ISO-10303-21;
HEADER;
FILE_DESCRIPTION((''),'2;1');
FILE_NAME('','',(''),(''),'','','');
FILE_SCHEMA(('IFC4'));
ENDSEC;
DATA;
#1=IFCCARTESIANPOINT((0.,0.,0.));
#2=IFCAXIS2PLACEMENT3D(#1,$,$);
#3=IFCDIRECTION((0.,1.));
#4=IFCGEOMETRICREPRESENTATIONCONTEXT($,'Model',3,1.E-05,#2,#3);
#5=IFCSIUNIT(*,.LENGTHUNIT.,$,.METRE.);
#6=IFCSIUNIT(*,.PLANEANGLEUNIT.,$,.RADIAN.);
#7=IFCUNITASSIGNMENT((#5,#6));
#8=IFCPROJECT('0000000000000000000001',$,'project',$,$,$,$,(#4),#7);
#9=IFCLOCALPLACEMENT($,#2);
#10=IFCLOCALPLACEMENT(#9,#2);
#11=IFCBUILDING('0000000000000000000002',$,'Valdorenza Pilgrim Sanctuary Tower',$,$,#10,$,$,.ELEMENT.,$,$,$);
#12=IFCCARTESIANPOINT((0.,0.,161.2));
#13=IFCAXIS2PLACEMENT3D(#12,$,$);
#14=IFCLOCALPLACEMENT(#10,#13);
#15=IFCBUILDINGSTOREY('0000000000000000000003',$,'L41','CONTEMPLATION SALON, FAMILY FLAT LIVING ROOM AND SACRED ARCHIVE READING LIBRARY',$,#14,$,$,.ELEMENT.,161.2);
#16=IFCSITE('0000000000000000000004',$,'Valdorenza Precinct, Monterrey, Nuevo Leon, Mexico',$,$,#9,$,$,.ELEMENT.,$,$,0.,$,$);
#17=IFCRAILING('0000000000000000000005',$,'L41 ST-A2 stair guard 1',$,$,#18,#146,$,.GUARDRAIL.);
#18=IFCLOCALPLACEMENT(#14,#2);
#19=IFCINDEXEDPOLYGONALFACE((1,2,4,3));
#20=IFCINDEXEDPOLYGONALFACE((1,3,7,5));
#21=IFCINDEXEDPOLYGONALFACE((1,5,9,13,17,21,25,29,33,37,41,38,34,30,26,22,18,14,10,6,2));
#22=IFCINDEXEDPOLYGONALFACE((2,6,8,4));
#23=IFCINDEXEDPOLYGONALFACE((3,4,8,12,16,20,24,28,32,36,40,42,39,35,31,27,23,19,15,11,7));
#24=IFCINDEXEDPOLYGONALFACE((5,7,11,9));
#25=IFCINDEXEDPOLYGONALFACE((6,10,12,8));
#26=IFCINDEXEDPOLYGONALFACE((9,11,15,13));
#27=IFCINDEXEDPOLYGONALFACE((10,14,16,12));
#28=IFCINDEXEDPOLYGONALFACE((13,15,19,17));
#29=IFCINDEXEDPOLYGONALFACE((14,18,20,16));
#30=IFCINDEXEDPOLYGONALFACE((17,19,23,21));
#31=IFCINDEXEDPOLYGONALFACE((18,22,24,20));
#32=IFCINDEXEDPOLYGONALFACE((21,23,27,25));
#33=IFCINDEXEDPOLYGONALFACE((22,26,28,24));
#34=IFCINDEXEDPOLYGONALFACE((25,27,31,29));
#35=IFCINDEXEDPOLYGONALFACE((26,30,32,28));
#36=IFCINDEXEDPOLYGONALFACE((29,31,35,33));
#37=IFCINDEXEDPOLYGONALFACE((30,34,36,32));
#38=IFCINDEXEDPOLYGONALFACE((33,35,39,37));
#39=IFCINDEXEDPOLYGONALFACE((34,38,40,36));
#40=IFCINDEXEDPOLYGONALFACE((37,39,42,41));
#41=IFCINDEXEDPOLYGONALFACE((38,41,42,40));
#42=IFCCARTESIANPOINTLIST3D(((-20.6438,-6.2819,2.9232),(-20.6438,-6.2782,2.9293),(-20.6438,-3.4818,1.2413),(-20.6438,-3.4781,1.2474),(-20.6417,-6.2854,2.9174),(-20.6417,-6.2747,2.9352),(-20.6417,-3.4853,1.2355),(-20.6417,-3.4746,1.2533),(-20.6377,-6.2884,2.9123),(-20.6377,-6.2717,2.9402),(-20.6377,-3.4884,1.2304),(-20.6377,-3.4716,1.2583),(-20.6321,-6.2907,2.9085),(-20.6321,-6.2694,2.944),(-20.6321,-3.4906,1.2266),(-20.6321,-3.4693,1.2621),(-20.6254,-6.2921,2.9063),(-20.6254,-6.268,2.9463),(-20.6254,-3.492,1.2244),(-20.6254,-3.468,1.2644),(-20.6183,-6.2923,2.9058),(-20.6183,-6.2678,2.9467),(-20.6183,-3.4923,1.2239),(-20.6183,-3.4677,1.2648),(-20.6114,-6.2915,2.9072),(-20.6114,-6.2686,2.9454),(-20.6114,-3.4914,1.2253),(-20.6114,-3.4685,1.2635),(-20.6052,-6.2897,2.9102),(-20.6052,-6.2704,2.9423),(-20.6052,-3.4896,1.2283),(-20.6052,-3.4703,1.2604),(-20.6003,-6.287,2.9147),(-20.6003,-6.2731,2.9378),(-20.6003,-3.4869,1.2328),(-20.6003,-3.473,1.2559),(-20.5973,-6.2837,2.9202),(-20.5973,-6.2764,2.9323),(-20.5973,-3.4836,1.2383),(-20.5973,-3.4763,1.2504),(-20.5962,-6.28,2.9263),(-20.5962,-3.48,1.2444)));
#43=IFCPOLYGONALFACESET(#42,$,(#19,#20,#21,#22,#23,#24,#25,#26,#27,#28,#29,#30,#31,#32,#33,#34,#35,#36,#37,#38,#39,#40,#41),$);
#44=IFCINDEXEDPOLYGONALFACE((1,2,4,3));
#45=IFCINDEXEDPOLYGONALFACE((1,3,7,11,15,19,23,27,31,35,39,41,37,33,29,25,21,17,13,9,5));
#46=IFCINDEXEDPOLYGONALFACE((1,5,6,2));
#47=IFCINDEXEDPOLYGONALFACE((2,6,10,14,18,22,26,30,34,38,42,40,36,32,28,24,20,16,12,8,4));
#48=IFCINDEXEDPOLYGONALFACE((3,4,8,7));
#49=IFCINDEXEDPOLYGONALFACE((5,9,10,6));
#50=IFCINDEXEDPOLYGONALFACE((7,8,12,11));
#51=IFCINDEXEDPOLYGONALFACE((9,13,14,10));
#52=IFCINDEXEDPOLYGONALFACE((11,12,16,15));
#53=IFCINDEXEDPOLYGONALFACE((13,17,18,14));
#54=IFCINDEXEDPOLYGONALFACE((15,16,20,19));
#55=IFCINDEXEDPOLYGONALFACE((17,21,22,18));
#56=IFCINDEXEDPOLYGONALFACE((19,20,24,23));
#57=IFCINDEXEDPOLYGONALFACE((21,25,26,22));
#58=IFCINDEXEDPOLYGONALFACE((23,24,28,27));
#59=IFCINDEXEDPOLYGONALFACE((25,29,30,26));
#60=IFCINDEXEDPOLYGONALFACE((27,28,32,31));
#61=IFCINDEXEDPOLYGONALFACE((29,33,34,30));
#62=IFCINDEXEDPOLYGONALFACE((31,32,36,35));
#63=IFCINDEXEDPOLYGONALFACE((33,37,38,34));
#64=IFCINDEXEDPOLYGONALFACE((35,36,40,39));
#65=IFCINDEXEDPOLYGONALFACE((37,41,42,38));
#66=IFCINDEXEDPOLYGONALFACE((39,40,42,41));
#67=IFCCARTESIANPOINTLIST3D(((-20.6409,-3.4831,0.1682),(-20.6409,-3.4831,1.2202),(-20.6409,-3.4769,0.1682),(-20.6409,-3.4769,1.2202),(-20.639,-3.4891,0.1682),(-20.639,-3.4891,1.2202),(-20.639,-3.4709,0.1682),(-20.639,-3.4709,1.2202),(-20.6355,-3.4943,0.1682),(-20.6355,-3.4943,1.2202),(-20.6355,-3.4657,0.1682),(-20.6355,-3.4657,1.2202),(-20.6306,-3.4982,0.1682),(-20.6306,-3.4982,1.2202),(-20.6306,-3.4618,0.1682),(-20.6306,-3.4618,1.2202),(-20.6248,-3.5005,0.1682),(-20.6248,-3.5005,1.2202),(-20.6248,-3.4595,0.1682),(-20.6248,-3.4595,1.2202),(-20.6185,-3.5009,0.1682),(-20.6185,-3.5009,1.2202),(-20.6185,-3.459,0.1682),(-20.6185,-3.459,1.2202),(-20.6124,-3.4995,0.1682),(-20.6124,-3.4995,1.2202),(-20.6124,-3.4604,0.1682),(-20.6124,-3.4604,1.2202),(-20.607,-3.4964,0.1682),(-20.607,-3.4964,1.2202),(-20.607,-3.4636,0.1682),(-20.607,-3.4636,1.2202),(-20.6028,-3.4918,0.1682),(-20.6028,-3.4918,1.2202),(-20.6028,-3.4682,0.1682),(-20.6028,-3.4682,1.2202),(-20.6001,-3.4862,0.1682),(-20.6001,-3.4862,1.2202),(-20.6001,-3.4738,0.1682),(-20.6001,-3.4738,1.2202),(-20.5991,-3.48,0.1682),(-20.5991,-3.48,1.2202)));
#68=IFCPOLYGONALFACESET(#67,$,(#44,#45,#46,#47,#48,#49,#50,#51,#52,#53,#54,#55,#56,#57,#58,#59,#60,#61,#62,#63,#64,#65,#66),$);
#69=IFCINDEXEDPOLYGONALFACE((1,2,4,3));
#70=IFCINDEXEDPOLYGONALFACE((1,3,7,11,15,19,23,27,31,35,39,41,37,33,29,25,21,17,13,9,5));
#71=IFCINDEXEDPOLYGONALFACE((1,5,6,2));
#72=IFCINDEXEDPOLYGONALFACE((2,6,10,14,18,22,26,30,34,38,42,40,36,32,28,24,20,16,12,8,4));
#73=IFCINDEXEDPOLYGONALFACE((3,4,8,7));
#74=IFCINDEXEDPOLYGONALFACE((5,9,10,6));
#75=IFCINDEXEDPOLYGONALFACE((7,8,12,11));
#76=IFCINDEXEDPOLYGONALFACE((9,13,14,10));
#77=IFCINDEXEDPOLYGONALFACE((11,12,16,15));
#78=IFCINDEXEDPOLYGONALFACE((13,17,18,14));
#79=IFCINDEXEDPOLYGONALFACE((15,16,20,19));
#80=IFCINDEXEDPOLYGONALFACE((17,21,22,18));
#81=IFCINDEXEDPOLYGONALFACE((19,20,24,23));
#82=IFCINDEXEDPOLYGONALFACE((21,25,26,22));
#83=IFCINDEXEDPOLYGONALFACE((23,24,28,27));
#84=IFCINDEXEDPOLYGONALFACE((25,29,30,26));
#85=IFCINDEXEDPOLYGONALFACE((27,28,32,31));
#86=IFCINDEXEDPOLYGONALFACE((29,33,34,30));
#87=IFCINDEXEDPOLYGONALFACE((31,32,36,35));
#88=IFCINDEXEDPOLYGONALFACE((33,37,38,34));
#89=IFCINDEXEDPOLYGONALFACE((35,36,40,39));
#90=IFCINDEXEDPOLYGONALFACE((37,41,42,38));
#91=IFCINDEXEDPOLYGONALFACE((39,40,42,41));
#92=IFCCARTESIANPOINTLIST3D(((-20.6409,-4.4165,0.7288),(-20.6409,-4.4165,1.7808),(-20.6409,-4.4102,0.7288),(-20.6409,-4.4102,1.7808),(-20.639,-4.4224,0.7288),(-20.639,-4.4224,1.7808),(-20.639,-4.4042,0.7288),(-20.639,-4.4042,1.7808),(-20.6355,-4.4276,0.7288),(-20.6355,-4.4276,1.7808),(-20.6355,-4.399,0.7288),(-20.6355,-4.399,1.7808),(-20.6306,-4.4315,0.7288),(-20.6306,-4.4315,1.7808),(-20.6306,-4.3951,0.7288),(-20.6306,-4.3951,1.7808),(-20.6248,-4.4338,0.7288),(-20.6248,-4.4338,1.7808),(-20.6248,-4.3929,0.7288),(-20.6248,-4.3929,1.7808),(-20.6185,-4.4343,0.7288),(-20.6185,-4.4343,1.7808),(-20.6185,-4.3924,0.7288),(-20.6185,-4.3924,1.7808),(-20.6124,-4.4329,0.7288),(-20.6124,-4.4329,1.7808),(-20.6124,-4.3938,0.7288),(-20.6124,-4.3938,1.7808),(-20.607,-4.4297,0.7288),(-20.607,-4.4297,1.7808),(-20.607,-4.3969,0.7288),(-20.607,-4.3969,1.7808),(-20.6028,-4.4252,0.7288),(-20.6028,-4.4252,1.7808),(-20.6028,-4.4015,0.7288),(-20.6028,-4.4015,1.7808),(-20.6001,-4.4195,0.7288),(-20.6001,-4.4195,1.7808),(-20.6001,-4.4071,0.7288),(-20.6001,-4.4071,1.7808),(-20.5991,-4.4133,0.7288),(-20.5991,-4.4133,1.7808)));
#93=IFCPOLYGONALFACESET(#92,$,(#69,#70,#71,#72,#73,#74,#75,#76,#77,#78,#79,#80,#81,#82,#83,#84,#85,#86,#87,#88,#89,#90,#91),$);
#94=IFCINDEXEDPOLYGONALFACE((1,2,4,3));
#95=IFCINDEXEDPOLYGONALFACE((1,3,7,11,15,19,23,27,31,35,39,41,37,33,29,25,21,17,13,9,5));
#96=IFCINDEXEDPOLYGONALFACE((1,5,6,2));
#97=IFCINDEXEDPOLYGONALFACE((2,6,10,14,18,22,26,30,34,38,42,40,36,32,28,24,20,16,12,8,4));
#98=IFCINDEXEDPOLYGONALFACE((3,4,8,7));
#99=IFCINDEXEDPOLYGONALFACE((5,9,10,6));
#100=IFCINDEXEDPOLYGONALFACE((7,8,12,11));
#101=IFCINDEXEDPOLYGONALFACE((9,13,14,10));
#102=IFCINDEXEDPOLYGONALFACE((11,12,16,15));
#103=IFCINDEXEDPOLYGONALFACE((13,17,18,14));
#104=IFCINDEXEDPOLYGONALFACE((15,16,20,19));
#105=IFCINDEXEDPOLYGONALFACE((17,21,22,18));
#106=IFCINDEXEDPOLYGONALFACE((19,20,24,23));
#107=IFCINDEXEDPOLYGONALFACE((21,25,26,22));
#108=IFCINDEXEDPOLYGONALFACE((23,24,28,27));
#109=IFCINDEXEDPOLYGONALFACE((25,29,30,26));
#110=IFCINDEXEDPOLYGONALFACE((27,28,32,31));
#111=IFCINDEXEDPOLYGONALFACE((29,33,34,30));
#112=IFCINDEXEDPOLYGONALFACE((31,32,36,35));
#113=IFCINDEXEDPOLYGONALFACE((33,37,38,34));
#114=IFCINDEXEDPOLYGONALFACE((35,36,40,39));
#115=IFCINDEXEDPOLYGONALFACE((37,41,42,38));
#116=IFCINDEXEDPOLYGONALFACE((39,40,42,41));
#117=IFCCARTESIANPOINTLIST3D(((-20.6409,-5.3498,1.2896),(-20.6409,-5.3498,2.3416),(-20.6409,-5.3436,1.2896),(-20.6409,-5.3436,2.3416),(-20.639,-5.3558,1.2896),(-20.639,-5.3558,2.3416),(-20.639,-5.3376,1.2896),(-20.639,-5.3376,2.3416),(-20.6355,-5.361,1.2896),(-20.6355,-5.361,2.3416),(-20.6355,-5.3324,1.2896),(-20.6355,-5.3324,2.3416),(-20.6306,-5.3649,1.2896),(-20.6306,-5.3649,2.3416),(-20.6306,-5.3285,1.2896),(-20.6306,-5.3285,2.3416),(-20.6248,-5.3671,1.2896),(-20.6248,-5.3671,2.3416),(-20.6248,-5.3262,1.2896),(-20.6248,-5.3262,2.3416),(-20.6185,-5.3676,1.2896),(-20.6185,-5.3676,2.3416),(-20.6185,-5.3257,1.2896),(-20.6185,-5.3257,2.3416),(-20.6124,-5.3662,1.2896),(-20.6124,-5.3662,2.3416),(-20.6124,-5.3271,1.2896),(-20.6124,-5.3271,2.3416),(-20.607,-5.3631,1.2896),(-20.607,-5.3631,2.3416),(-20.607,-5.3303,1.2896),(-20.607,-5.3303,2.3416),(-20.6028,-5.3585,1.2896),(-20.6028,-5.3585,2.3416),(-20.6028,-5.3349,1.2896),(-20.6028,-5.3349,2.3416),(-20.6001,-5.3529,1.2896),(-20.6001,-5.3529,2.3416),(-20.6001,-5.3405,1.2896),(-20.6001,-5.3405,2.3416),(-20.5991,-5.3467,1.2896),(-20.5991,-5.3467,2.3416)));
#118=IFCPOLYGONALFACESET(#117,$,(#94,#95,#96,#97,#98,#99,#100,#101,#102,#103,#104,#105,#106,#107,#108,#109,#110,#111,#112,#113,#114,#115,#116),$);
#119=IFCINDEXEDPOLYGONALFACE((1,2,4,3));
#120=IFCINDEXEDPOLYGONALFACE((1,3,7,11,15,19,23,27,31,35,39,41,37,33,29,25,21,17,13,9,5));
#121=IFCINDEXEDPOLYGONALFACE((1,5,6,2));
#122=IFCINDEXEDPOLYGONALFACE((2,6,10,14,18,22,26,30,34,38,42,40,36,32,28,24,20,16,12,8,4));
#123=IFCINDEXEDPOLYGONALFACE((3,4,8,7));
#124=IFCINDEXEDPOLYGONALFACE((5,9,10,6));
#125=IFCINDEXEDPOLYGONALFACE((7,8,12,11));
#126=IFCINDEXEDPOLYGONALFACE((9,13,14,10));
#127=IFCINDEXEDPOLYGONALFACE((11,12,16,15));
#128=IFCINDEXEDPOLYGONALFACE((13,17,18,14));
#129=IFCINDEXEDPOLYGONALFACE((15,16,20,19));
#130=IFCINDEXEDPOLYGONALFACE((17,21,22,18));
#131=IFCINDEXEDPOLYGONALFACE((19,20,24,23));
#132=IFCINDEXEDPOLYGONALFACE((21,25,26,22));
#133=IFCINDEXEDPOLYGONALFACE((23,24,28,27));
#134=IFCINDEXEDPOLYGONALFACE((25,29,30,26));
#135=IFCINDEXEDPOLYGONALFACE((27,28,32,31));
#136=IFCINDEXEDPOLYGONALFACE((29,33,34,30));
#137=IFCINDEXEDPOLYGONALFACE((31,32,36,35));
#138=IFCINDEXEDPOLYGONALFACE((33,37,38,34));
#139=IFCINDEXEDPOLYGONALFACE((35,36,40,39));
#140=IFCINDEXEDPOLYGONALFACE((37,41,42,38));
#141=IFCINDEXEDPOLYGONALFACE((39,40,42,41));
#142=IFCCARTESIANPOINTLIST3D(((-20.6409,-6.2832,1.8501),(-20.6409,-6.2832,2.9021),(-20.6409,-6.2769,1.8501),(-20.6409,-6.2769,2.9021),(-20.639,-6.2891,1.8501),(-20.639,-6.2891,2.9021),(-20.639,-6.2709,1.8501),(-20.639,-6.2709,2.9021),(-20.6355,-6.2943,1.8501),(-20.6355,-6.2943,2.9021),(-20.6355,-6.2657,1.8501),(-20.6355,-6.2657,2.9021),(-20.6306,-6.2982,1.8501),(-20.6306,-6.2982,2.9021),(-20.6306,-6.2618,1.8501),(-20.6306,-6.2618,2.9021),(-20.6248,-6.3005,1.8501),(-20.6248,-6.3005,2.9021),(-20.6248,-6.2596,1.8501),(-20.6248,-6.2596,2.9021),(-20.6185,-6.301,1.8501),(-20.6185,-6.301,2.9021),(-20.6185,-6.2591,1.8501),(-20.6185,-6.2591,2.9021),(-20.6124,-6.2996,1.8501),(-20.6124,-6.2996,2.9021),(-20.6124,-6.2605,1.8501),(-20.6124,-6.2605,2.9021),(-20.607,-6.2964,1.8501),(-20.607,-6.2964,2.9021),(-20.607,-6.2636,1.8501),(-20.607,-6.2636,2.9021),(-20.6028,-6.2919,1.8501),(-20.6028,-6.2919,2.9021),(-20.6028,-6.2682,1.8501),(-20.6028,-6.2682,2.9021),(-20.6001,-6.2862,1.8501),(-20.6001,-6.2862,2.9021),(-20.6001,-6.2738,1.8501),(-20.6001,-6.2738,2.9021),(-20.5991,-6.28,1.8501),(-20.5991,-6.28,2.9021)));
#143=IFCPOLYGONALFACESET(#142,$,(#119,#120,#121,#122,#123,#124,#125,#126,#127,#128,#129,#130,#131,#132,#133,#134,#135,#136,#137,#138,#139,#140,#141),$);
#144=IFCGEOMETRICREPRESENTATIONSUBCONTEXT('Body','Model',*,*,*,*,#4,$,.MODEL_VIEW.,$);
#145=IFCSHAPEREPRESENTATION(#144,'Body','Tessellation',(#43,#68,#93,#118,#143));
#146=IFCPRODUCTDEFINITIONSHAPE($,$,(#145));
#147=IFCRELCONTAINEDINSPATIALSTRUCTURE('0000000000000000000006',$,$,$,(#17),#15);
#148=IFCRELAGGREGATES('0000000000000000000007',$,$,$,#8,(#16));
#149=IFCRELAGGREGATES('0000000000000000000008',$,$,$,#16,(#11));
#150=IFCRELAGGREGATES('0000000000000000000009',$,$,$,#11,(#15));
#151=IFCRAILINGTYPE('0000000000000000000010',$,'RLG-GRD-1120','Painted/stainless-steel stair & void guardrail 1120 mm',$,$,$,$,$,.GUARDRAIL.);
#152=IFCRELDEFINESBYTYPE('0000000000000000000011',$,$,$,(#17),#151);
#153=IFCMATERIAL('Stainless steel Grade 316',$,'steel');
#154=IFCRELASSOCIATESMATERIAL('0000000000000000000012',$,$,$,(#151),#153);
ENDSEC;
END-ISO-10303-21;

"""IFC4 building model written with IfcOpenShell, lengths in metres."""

from ifc_helpers import new_model, si_unit, direction, frame, origin, origin_2d, place, context, subcontext, project, spatial, circle, extrude, material, type_object, element, save


model = new_model("IFC4")

# Units and contexts
model_context = context("Model", 3, precision=1e-05, world=origin(), true_north=direction((0.0, 1.0)))
body_context = subcontext(model_context, "Body", "Model", "MODEL_VIEW")
ifc_project = project(units=[si_unit("LENGTHUNIT", "METRE"), si_unit("PLANEANGLEUNIT", "RADIAN")], contexts=[model_context])

# Site, building, storey
site_placement = place(None, origin())
site = spatial("IfcSite", under=ifc_project, at=site_placement, Name="Valdorenza Precinct, Monterrey, Nuevo Leon, Mexico", CompositionType="ELEMENT", RefElevation=0.0)
building_placement = place(site_placement, origin())
building = spatial("IfcBuilding", under=site, at=building_placement, Name="Valdorenza Pilgrim Sanctuary Tower", CompositionType="ELEMENT")
storey_placement = place(building_placement, frame((0.0, 0.0, 161.2)))
storey = spatial("IfcBuildingStorey", under=building, at=storey_placement, Name="L41", Description="CONTEMPLATION SALON, FAMILY FLAT LIVING ROOM AND SACRED ARCHIVE READING LIBRARY", CompositionType="ELEMENT", Elevation=161.2)

# Railing
ifc_material_1 = material(Name="Stainless steel Grade 316", Category="steel")
railing_type_1 = type_object("IfcRailingType", Name="RLG-GRD-1120", Description="Painted/stainless-steel stair & void guardrail 1120 mm", PredefinedType="GUARDRAIL", material=ifc_material_1)
railing_1_placement = place(storey_placement, frame((-20.6201, -3.48, 0.1682)))
element("IfcRailing", 1, at=railing_1_placement, inside=storey, type_object=railing_type_1, Name="L41 ST-A2 stair guard 1", PredefinedType="GUARDRAIL", context=body_context, shape_type="SweptSolid", body=[
    extrude(circle(Radius=0.0239, at=origin_2d()), frame((0.0, 0.0, 1.0762), z_axis=(0.0, -0.857242, 0.514913), x_axis=(1.0, 0.0, 0.0)), (0.0, 0.0, 1.0), 3.2664),
    extrude(circle(Radius=0.021, at=origin_2d()), origin(), (0.0, 0.0, 1.0), 1.052),
    extrude(circle(Radius=0.021, at=origin_2d()), frame((0.0, -0.9333, 0.5605)), (0.0, 0.0, 1.0), 1.052),
    extrude(circle(Radius=0.021, at=origin_2d()), frame((0.0, -1.8667, 1.1213)), (0.0, 0.0, 1.0), 1.052),
    extrude(circle(Radius=0.021, at=origin_2d()), frame((0.0, -2.8, 1.6819)), (0.0, 0.0, 1.0), 1.052),
])

save(model, "model.ifc")
